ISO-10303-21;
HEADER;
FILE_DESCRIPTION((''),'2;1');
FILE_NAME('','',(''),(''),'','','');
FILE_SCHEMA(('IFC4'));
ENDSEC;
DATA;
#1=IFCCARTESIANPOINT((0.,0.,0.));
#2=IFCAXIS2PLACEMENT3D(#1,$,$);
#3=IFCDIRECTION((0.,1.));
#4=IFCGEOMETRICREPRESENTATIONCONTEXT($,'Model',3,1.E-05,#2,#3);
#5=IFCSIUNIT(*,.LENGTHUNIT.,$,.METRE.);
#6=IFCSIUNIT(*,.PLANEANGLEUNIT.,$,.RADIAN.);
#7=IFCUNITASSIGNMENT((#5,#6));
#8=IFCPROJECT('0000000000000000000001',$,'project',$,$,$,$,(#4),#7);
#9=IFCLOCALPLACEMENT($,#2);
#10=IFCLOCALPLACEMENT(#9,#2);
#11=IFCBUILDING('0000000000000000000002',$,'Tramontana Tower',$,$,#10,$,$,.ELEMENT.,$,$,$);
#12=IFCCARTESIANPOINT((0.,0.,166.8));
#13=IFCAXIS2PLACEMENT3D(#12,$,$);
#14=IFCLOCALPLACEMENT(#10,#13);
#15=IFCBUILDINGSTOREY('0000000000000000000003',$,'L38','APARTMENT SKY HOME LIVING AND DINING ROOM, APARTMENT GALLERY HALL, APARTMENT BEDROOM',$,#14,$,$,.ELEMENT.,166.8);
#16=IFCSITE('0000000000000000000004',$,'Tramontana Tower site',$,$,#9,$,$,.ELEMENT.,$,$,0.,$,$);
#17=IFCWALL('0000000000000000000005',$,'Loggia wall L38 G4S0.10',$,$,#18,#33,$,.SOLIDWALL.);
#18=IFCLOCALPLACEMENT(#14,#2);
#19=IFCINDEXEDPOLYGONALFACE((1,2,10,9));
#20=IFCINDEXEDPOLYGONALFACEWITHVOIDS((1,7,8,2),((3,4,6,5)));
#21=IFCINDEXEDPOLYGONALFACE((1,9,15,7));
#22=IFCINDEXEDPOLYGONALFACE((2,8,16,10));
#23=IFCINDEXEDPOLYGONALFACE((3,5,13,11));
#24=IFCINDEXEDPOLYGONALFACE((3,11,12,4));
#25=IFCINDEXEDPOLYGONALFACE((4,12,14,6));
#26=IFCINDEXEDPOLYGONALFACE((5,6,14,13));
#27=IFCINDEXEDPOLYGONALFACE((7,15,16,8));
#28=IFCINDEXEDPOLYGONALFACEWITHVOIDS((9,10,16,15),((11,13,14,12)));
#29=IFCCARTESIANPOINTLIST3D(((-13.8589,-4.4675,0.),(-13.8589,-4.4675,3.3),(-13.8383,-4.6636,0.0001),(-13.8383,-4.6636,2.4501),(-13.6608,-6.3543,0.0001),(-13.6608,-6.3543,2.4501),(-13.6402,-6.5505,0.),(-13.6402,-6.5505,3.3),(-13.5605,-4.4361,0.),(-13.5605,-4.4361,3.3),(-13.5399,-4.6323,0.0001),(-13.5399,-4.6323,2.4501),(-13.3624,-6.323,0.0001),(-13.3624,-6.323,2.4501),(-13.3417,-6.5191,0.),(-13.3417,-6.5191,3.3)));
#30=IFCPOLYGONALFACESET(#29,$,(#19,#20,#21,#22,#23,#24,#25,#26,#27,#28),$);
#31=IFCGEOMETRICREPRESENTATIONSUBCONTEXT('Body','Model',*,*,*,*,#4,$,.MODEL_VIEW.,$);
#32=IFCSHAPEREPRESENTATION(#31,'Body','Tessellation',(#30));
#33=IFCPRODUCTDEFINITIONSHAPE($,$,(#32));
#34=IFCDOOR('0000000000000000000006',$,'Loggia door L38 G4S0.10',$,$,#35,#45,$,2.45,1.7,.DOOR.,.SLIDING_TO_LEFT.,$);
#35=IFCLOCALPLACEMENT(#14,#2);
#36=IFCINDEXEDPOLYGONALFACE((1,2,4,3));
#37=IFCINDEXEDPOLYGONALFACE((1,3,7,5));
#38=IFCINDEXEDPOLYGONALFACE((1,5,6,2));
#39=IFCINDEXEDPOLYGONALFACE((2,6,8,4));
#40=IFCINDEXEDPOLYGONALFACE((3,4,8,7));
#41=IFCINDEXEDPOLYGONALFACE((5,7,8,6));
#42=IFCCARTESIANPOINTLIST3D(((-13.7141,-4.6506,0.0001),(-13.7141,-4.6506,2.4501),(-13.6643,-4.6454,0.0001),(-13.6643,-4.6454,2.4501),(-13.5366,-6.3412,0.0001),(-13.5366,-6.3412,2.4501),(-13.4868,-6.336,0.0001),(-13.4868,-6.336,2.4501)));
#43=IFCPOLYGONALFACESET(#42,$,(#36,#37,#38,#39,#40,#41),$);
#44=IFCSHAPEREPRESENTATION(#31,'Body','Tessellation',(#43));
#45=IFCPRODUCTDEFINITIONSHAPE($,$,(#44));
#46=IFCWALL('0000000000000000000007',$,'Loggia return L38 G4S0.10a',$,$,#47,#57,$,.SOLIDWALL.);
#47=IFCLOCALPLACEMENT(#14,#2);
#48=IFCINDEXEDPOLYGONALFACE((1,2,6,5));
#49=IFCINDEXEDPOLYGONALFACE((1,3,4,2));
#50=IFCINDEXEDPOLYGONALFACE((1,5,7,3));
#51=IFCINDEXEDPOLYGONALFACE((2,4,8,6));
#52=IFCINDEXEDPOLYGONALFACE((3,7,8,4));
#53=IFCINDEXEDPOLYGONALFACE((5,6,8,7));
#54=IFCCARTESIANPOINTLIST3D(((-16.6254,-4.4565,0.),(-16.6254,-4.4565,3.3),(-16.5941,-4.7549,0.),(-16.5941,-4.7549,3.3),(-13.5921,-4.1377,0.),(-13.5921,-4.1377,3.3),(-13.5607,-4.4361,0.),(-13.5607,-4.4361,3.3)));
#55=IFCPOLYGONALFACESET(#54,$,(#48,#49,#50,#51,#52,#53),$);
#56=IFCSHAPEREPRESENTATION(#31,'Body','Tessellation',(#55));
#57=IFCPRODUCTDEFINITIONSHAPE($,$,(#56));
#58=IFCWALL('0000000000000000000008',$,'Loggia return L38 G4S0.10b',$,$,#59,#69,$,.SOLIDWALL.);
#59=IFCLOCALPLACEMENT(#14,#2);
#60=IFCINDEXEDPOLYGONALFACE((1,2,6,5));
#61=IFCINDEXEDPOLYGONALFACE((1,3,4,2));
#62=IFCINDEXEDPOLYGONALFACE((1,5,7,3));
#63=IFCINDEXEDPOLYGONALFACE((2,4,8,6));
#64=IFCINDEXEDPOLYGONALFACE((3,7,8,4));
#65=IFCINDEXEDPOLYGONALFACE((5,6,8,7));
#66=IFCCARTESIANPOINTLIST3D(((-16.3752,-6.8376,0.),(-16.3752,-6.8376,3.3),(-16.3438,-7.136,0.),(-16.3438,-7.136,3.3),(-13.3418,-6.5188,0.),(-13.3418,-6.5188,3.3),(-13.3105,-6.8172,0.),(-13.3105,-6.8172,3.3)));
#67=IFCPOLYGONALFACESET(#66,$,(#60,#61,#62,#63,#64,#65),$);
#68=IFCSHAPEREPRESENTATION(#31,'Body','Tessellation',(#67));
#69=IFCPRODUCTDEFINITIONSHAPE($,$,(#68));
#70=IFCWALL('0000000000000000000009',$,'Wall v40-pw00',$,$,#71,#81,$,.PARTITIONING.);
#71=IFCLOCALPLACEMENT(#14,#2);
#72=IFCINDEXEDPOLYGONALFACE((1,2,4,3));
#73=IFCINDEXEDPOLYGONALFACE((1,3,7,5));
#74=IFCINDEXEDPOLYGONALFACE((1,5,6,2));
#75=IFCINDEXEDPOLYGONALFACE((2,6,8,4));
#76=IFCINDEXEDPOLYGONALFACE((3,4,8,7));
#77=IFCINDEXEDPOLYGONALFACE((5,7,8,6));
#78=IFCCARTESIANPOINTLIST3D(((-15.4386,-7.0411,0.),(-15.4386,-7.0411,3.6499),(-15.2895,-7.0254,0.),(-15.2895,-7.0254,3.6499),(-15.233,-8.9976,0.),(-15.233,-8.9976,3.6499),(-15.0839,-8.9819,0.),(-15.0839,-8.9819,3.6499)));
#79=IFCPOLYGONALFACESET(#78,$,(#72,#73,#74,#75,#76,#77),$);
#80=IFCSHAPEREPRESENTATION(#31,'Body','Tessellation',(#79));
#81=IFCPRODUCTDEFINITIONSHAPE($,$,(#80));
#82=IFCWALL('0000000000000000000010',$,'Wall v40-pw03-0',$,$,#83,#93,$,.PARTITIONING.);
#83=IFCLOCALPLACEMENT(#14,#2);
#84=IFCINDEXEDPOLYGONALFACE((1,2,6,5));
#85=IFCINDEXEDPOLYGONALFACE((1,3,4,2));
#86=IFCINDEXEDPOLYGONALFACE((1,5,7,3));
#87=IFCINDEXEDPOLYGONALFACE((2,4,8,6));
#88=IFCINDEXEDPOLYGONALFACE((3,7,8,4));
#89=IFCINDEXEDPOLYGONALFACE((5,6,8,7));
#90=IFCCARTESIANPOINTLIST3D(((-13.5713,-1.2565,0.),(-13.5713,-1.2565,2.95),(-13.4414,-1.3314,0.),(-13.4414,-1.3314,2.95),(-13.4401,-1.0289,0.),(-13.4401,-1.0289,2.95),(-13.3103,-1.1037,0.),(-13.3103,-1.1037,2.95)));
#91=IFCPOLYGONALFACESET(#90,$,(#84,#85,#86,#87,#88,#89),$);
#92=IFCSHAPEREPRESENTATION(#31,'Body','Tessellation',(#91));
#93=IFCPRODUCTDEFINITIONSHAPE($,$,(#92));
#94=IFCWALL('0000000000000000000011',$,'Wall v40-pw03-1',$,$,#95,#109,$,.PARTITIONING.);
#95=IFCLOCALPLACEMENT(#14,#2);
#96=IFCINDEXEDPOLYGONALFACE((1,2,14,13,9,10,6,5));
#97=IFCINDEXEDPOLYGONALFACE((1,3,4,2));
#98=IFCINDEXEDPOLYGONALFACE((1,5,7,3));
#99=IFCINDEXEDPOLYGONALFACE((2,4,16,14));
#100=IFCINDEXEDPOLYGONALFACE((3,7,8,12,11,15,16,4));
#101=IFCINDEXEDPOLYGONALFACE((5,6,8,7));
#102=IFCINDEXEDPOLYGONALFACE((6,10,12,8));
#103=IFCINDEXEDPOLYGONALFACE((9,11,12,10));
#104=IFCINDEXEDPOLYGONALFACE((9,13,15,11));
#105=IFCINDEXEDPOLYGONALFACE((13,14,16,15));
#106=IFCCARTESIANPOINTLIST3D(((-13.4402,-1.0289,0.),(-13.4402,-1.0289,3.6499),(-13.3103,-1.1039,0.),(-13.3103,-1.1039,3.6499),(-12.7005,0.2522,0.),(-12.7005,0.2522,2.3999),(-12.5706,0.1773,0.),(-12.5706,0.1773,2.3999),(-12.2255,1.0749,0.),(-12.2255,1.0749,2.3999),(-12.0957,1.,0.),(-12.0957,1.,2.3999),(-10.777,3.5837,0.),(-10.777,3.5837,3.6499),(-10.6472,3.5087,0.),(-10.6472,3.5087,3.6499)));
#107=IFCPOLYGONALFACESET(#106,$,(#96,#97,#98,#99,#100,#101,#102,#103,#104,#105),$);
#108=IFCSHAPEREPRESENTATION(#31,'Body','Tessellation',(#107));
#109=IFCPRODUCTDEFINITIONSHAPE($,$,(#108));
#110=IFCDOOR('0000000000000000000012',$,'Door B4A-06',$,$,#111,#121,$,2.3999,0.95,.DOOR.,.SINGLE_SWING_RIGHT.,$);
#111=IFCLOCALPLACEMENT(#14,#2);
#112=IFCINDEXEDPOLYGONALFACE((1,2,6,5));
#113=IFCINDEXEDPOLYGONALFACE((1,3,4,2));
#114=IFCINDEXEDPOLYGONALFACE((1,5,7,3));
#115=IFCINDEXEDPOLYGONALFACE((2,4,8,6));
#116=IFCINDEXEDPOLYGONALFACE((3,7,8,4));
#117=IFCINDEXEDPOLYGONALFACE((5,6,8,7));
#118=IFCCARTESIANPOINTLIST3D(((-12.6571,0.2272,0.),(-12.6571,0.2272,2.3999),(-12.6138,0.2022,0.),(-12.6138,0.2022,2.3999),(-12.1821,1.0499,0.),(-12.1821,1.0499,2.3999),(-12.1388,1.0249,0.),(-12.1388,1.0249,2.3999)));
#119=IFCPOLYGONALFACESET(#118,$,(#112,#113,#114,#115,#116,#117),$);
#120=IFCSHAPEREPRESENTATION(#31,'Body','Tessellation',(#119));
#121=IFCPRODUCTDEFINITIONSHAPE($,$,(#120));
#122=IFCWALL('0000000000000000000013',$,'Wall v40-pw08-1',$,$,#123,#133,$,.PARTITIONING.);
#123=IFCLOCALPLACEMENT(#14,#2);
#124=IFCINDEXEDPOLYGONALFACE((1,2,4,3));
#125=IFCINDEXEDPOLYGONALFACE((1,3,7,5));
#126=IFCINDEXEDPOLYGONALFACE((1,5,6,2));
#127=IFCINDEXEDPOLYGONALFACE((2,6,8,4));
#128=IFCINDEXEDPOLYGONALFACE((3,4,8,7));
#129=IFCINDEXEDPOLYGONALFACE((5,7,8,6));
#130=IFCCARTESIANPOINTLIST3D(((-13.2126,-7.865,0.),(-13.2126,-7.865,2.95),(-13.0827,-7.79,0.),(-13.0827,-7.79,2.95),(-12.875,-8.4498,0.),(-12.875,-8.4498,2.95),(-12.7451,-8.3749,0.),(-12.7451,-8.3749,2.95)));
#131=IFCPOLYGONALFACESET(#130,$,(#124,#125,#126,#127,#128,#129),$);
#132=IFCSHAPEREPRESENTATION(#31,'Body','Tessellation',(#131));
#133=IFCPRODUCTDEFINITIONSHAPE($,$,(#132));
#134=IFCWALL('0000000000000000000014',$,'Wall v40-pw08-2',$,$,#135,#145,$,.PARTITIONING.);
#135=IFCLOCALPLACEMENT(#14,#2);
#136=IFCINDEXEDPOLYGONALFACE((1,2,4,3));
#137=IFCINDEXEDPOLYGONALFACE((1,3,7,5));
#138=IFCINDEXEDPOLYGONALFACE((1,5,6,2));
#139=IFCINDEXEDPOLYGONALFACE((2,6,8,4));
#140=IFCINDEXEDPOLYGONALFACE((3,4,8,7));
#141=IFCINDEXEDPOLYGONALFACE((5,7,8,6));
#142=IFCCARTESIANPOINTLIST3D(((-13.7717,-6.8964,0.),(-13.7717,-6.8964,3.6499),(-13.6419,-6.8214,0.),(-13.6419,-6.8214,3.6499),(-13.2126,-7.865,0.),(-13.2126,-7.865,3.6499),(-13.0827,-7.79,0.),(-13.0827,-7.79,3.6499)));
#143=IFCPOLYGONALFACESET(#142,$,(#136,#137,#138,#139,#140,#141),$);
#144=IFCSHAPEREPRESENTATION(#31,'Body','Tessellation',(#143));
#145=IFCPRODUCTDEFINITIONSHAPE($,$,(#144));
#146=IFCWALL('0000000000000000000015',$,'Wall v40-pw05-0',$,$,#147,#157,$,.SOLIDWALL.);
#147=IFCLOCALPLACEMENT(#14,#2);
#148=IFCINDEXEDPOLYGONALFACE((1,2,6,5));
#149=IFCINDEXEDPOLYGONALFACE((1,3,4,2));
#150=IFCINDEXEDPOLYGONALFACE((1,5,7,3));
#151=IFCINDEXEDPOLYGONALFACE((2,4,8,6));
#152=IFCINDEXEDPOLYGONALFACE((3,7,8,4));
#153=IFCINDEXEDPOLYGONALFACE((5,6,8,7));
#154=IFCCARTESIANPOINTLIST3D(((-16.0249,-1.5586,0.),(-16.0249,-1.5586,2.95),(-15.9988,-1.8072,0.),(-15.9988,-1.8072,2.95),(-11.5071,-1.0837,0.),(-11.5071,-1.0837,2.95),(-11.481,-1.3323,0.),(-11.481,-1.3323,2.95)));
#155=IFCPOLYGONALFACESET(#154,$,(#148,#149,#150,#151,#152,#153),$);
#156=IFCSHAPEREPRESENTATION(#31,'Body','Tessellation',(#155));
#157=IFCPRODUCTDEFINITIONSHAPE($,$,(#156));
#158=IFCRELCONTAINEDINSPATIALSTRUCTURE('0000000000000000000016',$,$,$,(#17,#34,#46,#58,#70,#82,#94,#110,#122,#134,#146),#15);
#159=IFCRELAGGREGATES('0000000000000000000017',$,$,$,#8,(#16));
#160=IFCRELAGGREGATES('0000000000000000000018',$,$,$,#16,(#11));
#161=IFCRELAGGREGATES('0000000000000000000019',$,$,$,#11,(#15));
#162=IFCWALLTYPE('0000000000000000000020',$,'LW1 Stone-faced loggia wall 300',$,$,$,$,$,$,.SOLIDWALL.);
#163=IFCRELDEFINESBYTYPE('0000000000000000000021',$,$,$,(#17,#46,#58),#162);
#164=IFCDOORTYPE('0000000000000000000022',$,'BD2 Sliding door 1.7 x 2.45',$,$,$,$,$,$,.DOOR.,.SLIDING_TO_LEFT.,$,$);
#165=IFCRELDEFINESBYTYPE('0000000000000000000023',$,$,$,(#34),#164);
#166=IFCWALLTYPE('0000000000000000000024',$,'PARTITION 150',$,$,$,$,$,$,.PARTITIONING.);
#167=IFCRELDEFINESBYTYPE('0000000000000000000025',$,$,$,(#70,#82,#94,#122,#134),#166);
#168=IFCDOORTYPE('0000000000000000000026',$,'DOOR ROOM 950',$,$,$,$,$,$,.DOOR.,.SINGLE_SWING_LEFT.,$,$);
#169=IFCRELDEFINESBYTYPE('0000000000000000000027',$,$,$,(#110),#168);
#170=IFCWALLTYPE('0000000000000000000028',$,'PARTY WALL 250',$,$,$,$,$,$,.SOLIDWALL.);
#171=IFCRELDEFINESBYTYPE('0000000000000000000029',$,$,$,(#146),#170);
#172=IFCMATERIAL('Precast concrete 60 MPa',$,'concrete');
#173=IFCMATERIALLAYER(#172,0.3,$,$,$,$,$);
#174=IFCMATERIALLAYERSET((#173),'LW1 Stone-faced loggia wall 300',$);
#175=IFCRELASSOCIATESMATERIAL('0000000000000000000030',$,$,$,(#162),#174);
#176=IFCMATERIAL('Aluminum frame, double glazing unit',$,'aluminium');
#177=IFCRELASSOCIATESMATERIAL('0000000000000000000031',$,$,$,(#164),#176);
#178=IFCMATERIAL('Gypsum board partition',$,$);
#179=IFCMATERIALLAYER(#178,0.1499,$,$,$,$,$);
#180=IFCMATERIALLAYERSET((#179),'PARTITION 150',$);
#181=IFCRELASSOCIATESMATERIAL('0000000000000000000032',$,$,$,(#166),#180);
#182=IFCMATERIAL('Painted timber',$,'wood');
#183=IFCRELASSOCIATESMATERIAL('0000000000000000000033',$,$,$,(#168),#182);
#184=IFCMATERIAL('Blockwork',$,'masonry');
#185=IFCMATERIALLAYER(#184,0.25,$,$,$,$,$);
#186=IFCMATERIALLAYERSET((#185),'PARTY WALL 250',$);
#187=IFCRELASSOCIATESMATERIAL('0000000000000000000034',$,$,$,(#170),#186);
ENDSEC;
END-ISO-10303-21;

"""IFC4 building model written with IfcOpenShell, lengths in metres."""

from ifc_helpers import new_model, si_unit, direction, frame, frame_2d, origin, place, context, subcontext, project, spatial, rectangle, extrude, material, layer, layer_set, type_object, element, fill, save


model = new_model("IFC4")

# Units and contexts
model_context = context("Model", 3, precision=1e-05, world=origin(), true_north=direction((0.0, 1.0)))
body_context = subcontext(model_context, "Body", "Model", "MODEL_VIEW")
ifc_project = project(units=[si_unit("LENGTHUNIT", "METRE"), si_unit("PLANEANGLEUNIT", "RADIAN")], contexts=[model_context])

# Site, building, storey
site_placement = place(None, origin())
site = spatial("IfcSite", under=ifc_project, at=site_placement, Name="Tramontana Tower site", CompositionType="ELEMENT", RefElevation=0.0)
building_placement = place(site_placement, origin())
building = spatial("IfcBuilding", under=site, at=building_placement, Name="Tramontana Tower", CompositionType="ELEMENT")
storey_placement = place(building_placement, frame((0.0, 0.0, 166.8)))
storey = spatial("IfcBuildingStorey", under=building, at=storey_placement, Name="L38", Description="APARTMENT SKY HOME LIVING AND DINING ROOM, APARTMENT GALLERY HALL, APARTMENT BEDROOM", CompositionType="ELEMENT", Elevation=166.8)

# Wall, opening, door
ifc_material_1 = material(Name="Precast concrete 60 MPa", Category="concrete")
ifc_layer_1 = layer(ifc_material_1, 0.3)
ifc_layer_set_1 = layer_set([ifc_layer_1], Name="LW1 Stone-faced loggia wall 300")
wall_type_1 = type_object("IfcWallType", Name="LW1 Stone-faced loggia wall 300", PredefinedType="SOLIDWALL", material=ifc_layer_set_1)
wall_1_placement = place(storey_placement, frame((-13.7097, -4.4517, 0.0), z_axis=(0.0, 0.0, 1.0), x_axis=(0.104442, -0.994531, 0.0)))
wall_1 = element("IfcWall", 1, at=wall_1_placement, inside=storey, type_object=wall_type_1, Name="Loggia wall L38 G4S0.10", PredefinedType="SOLIDWALL", context=body_context, shape_type="SweptSolid", body=[
    extrude(rectangle(XDim=2.0945, YDim=0.3, at=frame_2d((1.0474, 0.0))), origin(), (0.0, 0.0, 1.0), 3.3),
])
opening_1_placement = place(wall_1_placement, frame((0.1973, 0.0, 0.0)))
opening_1 = element("IfcOpeningElement", 2, at=opening_1_placement, cuts=wall_1, PredefinedType="OPENING", context=body_context, shape_type="SweptSolid", body=[
    extrude(rectangle(XDim=1.7, YDim=2.45, at=frame_2d((0.8501, 1.2251))), frame((0.0, 0.1599, 0.0), z_axis=(0.0, -1.0, 0.0), x_axis=(1.0, 0.0, 0.0)), (0.0, 0.0, 1.0), 0.3201),
])
ifc_material_2 = material(Name="Aluminum frame, double glazing unit", Category="aluminium")
door_type_1 = type_object("IfcDoorType", Name="BD2 Sliding door 1.7 x 2.45", OperationType="SLIDING_TO_LEFT", PredefinedType="DOOR", material=ifc_material_2)
door_1_placement = place(opening_1_placement, origin())
door_1 = element("IfcDoor", 3, at=door_1_placement, inside=storey, type_object=door_type_1, Name="Loggia door L38 G4S0.10", OperationType="SLIDING_TO_LEFT", OverallHeight=2.45, OverallWidth=1.7, PredefinedType="DOOR", context=body_context, shape_type="SweptSolid", body=[
    extrude(rectangle(XDim=1.7, YDim=2.45, at=frame_2d((0.8501, 1.2251))), frame((0.0, 0.0249, 0.0), z_axis=(0.0, -1.0, 0.0), x_axis=(1.0, 0.0, 0.0)), (0.0, 0.0, 1.0), 0.05),
])
fill(opening_1, door_1)

# Walls
for number, where, z_axis, x_axis, name in (
    (4, (-16.6096, -4.6057, 0.0), (0.0, 0.0, 1.0), (0.994521, 0.104535, 0.0), "Loggia return L38 G4S0.10a"),
    (5, (-16.3594, -6.9868, 0.0), (0.0, 0.0, 1.0), (0.994521, 0.104535, 0.0), "Loggia return L38 G4S0.10b"),
):
    element("IfcWall", number, at=place(storey_placement, frame(where, z_axis=z_axis, x_axis=x_axis)), inside=storey, type_object=wall_type_1, Name=name, PredefinedType="SOLIDWALL", context=body_context, shape_type="SweptSolid", body=[
        extrude(rectangle(XDim=3.05, YDim=0.3, at=frame_2d((1.5249, 0.0))), origin(), (0.0, 0.0, 1.0), 3.3),
    ])
ifc_material_3 = material(Name="Gypsum board partition")
ifc_layer_2 = layer(ifc_material_3, 0.1499)
ifc_layer_set_2 = layer_set([ifc_layer_2], Name="PARTITION 150")
wall_type_2 = type_object("IfcWallType", Name="PARTITION 150", PredefinedType="PARTITIONING", material=ifc_layer_set_2)
wall_2_placement = place(storey_placement, frame((-15.1584, -8.9897, 0.0), z_axis=(0.0, 0.0, 1.0), x_axis=(-0.104491, 0.994526, 0.0)))
element("IfcWall", 6, at=wall_2_placement, inside=storey, type_object=wall_type_2, Name="Wall v40-pw00", PredefinedType="PARTITIONING", context=body_context, shape_type="SweptSolid", body=[
    extrude(rectangle(XDim=1.9673, YDim=0.1499, at=frame_2d((0.9836, 0.0))), origin(), (0.0, 0.0, 1.0), 3.6499),
])
wall_3_placement = place(storey_placement, frame((-13.5063, -1.2939, 0.0), z_axis=(0.0, 0.0, 1.0), x_axis=(0.499239, 0.866464, 0.0)))
element("IfcWall", 7, at=wall_3_placement, inside=storey, type_object=wall_type_2, Name="Wall v40-pw03-0", PredefinedType="PARTITIONING", context=body_context, shape_type="SweptSolid", body=[
    extrude(rectangle(XDim=0.2627, YDim=0.1499, at=frame_2d((0.1313, 0.0))), origin(), (0.0, 0.0, 1.0), 2.95),
])

# Wall, opening, door
wall_4_placement = place(storey_placement, frame((-13.3752, -1.0664, 0.0), z_axis=(0.0, 0.0, 1.0), x_axis=(0.500004, 0.866023, 0.0)))
wall_4 = element("IfcWall", 8, at=wall_4_placement, inside=storey, type_object=wall_type_2, Name="Wall v40-pw03-1", PredefinedType="PARTITIONING", context=body_context, shape_type="SweptSolid", body=[
    extrude(rectangle(XDim=5.3262, YDim=0.1499, at=frame_2d((2.6631, 0.0))), origin(), (0.0, 0.0, 1.0), 3.6499),
])
opening_2_placement = place(wall_4_placement, frame((1.4792, 0.0, 0.0)))
opening_2 = element("IfcOpeningElement", 9, at=opening_2_placement, cuts=wall_4, PredefinedType="OPENING", context=body_context, shape_type="SweptSolid", body=[
    extrude(rectangle(XDim=0.95, YDim=2.3999, at=frame_2d((0.4751, 1.2))), frame((0.0, 0.085, 0.0), z_axis=(0.0, -1.0, 0.0), x_axis=(1.0, 0.0, 0.0)), (0.0, 0.0, 1.0), 0.1699),
])
ifc_material_4 = material(Name="Painted timber", Category="wood")
door_type_2 = type_object("IfcDoorType", Name="DOOR ROOM 950", OperationType="SINGLE_SWING_LEFT", PredefinedType="DOOR", material=ifc_material_4)
door_2_placement = place(opening_2_placement, origin())
door_2 = element("IfcDoor", 10, at=door_2_placement, inside=storey, type_object=door_type_2, Name="Door B4A-06", OperationType="SINGLE_SWING_RIGHT", OverallHeight=2.3999, OverallWidth=0.95, PredefinedType="DOOR", context=body_context, shape_type="SweptSolid", body=[
    extrude(rectangle(XDim=0.95, YDim=2.3999, at=frame_2d((0.4751, 1.2))), frame((0.0, 0.0249, 0.0), z_axis=(0.0, -1.0, 0.0), x_axis=(1.0, 0.0, 0.0)), (0.0, 0.0, 1.0), 0.05),
])
fill(opening_2, door_2)

# Walls
wall_5_placement = place(storey_placement, frame((-12.8101, -8.4124, 0.0), z_axis=(0.0, 0.0, 1.0), x_axis=(-0.49991, 0.866077, 0.0)))
element("IfcWall", 11, at=wall_5_placement, inside=storey, type_object=wall_type_2, Name="Wall v40-pw08-1", PredefinedType="PARTITIONING", context=body_context, shape_type="SweptSolid", body=[
    extrude(rectangle(XDim=0.6753, YDim=0.1499, at=frame_2d((0.3376, 0.0))), origin(), (0.0, 0.0, 1.0), 2.95),
])
wall_6_placement = place(storey_placement, frame((-13.1477, -7.8274, 0.0), z_axis=(0.0, 0.0, 1.0), x_axis=(-0.499943, 0.866058, 0.0)))
element("IfcWall", 12, at=wall_6_placement, inside=storey, type_object=wall_type_2, Name="Wall v40-pw08-2", PredefinedType="PARTITIONING", context=body_context, shape_type="SweptSolid", body=[
    extrude(rectangle(XDim=1.1184, YDim=0.1499, at=frame_2d((0.5591, 0.0))), origin(), (0.0, 0.0, 1.0), 3.6499),
])
ifc_material_5 = material(Name="Blockwork", Category="masonry")
ifc_layer_3 = layer(ifc_material_5, 0.25)
ifc_layer_set_3 = layer_set([ifc_layer_3], Name="PARTY WALL 250")
wall_type_3 = type_object("IfcWallType", Name="PARTY WALL 250", PredefinedType="SOLIDWALL", material=ifc_layer_set_3)
wall_7_placement = place(storey_placement, frame((-11.4939, -1.208, 0.0), z_axis=(0.0, 0.0, 1.0), x_axis=(-0.994522, -0.104531, 0.0)))
element("IfcWall", 13, at=wall_7_placement, inside=storey, type_object=wall_type_3, Name="Wall v40-pw05-0", PredefinedType="SOLIDWALL", context=body_context, shape_type="SweptSolid", body=[
    extrude(rectangle(XDim=4.5427, YDim=0.25, at=frame_2d((2.2715, 0.0))), origin(), (0.0, 0.0, 1.0), 2.95),
])

save(model, "model.ifc")
